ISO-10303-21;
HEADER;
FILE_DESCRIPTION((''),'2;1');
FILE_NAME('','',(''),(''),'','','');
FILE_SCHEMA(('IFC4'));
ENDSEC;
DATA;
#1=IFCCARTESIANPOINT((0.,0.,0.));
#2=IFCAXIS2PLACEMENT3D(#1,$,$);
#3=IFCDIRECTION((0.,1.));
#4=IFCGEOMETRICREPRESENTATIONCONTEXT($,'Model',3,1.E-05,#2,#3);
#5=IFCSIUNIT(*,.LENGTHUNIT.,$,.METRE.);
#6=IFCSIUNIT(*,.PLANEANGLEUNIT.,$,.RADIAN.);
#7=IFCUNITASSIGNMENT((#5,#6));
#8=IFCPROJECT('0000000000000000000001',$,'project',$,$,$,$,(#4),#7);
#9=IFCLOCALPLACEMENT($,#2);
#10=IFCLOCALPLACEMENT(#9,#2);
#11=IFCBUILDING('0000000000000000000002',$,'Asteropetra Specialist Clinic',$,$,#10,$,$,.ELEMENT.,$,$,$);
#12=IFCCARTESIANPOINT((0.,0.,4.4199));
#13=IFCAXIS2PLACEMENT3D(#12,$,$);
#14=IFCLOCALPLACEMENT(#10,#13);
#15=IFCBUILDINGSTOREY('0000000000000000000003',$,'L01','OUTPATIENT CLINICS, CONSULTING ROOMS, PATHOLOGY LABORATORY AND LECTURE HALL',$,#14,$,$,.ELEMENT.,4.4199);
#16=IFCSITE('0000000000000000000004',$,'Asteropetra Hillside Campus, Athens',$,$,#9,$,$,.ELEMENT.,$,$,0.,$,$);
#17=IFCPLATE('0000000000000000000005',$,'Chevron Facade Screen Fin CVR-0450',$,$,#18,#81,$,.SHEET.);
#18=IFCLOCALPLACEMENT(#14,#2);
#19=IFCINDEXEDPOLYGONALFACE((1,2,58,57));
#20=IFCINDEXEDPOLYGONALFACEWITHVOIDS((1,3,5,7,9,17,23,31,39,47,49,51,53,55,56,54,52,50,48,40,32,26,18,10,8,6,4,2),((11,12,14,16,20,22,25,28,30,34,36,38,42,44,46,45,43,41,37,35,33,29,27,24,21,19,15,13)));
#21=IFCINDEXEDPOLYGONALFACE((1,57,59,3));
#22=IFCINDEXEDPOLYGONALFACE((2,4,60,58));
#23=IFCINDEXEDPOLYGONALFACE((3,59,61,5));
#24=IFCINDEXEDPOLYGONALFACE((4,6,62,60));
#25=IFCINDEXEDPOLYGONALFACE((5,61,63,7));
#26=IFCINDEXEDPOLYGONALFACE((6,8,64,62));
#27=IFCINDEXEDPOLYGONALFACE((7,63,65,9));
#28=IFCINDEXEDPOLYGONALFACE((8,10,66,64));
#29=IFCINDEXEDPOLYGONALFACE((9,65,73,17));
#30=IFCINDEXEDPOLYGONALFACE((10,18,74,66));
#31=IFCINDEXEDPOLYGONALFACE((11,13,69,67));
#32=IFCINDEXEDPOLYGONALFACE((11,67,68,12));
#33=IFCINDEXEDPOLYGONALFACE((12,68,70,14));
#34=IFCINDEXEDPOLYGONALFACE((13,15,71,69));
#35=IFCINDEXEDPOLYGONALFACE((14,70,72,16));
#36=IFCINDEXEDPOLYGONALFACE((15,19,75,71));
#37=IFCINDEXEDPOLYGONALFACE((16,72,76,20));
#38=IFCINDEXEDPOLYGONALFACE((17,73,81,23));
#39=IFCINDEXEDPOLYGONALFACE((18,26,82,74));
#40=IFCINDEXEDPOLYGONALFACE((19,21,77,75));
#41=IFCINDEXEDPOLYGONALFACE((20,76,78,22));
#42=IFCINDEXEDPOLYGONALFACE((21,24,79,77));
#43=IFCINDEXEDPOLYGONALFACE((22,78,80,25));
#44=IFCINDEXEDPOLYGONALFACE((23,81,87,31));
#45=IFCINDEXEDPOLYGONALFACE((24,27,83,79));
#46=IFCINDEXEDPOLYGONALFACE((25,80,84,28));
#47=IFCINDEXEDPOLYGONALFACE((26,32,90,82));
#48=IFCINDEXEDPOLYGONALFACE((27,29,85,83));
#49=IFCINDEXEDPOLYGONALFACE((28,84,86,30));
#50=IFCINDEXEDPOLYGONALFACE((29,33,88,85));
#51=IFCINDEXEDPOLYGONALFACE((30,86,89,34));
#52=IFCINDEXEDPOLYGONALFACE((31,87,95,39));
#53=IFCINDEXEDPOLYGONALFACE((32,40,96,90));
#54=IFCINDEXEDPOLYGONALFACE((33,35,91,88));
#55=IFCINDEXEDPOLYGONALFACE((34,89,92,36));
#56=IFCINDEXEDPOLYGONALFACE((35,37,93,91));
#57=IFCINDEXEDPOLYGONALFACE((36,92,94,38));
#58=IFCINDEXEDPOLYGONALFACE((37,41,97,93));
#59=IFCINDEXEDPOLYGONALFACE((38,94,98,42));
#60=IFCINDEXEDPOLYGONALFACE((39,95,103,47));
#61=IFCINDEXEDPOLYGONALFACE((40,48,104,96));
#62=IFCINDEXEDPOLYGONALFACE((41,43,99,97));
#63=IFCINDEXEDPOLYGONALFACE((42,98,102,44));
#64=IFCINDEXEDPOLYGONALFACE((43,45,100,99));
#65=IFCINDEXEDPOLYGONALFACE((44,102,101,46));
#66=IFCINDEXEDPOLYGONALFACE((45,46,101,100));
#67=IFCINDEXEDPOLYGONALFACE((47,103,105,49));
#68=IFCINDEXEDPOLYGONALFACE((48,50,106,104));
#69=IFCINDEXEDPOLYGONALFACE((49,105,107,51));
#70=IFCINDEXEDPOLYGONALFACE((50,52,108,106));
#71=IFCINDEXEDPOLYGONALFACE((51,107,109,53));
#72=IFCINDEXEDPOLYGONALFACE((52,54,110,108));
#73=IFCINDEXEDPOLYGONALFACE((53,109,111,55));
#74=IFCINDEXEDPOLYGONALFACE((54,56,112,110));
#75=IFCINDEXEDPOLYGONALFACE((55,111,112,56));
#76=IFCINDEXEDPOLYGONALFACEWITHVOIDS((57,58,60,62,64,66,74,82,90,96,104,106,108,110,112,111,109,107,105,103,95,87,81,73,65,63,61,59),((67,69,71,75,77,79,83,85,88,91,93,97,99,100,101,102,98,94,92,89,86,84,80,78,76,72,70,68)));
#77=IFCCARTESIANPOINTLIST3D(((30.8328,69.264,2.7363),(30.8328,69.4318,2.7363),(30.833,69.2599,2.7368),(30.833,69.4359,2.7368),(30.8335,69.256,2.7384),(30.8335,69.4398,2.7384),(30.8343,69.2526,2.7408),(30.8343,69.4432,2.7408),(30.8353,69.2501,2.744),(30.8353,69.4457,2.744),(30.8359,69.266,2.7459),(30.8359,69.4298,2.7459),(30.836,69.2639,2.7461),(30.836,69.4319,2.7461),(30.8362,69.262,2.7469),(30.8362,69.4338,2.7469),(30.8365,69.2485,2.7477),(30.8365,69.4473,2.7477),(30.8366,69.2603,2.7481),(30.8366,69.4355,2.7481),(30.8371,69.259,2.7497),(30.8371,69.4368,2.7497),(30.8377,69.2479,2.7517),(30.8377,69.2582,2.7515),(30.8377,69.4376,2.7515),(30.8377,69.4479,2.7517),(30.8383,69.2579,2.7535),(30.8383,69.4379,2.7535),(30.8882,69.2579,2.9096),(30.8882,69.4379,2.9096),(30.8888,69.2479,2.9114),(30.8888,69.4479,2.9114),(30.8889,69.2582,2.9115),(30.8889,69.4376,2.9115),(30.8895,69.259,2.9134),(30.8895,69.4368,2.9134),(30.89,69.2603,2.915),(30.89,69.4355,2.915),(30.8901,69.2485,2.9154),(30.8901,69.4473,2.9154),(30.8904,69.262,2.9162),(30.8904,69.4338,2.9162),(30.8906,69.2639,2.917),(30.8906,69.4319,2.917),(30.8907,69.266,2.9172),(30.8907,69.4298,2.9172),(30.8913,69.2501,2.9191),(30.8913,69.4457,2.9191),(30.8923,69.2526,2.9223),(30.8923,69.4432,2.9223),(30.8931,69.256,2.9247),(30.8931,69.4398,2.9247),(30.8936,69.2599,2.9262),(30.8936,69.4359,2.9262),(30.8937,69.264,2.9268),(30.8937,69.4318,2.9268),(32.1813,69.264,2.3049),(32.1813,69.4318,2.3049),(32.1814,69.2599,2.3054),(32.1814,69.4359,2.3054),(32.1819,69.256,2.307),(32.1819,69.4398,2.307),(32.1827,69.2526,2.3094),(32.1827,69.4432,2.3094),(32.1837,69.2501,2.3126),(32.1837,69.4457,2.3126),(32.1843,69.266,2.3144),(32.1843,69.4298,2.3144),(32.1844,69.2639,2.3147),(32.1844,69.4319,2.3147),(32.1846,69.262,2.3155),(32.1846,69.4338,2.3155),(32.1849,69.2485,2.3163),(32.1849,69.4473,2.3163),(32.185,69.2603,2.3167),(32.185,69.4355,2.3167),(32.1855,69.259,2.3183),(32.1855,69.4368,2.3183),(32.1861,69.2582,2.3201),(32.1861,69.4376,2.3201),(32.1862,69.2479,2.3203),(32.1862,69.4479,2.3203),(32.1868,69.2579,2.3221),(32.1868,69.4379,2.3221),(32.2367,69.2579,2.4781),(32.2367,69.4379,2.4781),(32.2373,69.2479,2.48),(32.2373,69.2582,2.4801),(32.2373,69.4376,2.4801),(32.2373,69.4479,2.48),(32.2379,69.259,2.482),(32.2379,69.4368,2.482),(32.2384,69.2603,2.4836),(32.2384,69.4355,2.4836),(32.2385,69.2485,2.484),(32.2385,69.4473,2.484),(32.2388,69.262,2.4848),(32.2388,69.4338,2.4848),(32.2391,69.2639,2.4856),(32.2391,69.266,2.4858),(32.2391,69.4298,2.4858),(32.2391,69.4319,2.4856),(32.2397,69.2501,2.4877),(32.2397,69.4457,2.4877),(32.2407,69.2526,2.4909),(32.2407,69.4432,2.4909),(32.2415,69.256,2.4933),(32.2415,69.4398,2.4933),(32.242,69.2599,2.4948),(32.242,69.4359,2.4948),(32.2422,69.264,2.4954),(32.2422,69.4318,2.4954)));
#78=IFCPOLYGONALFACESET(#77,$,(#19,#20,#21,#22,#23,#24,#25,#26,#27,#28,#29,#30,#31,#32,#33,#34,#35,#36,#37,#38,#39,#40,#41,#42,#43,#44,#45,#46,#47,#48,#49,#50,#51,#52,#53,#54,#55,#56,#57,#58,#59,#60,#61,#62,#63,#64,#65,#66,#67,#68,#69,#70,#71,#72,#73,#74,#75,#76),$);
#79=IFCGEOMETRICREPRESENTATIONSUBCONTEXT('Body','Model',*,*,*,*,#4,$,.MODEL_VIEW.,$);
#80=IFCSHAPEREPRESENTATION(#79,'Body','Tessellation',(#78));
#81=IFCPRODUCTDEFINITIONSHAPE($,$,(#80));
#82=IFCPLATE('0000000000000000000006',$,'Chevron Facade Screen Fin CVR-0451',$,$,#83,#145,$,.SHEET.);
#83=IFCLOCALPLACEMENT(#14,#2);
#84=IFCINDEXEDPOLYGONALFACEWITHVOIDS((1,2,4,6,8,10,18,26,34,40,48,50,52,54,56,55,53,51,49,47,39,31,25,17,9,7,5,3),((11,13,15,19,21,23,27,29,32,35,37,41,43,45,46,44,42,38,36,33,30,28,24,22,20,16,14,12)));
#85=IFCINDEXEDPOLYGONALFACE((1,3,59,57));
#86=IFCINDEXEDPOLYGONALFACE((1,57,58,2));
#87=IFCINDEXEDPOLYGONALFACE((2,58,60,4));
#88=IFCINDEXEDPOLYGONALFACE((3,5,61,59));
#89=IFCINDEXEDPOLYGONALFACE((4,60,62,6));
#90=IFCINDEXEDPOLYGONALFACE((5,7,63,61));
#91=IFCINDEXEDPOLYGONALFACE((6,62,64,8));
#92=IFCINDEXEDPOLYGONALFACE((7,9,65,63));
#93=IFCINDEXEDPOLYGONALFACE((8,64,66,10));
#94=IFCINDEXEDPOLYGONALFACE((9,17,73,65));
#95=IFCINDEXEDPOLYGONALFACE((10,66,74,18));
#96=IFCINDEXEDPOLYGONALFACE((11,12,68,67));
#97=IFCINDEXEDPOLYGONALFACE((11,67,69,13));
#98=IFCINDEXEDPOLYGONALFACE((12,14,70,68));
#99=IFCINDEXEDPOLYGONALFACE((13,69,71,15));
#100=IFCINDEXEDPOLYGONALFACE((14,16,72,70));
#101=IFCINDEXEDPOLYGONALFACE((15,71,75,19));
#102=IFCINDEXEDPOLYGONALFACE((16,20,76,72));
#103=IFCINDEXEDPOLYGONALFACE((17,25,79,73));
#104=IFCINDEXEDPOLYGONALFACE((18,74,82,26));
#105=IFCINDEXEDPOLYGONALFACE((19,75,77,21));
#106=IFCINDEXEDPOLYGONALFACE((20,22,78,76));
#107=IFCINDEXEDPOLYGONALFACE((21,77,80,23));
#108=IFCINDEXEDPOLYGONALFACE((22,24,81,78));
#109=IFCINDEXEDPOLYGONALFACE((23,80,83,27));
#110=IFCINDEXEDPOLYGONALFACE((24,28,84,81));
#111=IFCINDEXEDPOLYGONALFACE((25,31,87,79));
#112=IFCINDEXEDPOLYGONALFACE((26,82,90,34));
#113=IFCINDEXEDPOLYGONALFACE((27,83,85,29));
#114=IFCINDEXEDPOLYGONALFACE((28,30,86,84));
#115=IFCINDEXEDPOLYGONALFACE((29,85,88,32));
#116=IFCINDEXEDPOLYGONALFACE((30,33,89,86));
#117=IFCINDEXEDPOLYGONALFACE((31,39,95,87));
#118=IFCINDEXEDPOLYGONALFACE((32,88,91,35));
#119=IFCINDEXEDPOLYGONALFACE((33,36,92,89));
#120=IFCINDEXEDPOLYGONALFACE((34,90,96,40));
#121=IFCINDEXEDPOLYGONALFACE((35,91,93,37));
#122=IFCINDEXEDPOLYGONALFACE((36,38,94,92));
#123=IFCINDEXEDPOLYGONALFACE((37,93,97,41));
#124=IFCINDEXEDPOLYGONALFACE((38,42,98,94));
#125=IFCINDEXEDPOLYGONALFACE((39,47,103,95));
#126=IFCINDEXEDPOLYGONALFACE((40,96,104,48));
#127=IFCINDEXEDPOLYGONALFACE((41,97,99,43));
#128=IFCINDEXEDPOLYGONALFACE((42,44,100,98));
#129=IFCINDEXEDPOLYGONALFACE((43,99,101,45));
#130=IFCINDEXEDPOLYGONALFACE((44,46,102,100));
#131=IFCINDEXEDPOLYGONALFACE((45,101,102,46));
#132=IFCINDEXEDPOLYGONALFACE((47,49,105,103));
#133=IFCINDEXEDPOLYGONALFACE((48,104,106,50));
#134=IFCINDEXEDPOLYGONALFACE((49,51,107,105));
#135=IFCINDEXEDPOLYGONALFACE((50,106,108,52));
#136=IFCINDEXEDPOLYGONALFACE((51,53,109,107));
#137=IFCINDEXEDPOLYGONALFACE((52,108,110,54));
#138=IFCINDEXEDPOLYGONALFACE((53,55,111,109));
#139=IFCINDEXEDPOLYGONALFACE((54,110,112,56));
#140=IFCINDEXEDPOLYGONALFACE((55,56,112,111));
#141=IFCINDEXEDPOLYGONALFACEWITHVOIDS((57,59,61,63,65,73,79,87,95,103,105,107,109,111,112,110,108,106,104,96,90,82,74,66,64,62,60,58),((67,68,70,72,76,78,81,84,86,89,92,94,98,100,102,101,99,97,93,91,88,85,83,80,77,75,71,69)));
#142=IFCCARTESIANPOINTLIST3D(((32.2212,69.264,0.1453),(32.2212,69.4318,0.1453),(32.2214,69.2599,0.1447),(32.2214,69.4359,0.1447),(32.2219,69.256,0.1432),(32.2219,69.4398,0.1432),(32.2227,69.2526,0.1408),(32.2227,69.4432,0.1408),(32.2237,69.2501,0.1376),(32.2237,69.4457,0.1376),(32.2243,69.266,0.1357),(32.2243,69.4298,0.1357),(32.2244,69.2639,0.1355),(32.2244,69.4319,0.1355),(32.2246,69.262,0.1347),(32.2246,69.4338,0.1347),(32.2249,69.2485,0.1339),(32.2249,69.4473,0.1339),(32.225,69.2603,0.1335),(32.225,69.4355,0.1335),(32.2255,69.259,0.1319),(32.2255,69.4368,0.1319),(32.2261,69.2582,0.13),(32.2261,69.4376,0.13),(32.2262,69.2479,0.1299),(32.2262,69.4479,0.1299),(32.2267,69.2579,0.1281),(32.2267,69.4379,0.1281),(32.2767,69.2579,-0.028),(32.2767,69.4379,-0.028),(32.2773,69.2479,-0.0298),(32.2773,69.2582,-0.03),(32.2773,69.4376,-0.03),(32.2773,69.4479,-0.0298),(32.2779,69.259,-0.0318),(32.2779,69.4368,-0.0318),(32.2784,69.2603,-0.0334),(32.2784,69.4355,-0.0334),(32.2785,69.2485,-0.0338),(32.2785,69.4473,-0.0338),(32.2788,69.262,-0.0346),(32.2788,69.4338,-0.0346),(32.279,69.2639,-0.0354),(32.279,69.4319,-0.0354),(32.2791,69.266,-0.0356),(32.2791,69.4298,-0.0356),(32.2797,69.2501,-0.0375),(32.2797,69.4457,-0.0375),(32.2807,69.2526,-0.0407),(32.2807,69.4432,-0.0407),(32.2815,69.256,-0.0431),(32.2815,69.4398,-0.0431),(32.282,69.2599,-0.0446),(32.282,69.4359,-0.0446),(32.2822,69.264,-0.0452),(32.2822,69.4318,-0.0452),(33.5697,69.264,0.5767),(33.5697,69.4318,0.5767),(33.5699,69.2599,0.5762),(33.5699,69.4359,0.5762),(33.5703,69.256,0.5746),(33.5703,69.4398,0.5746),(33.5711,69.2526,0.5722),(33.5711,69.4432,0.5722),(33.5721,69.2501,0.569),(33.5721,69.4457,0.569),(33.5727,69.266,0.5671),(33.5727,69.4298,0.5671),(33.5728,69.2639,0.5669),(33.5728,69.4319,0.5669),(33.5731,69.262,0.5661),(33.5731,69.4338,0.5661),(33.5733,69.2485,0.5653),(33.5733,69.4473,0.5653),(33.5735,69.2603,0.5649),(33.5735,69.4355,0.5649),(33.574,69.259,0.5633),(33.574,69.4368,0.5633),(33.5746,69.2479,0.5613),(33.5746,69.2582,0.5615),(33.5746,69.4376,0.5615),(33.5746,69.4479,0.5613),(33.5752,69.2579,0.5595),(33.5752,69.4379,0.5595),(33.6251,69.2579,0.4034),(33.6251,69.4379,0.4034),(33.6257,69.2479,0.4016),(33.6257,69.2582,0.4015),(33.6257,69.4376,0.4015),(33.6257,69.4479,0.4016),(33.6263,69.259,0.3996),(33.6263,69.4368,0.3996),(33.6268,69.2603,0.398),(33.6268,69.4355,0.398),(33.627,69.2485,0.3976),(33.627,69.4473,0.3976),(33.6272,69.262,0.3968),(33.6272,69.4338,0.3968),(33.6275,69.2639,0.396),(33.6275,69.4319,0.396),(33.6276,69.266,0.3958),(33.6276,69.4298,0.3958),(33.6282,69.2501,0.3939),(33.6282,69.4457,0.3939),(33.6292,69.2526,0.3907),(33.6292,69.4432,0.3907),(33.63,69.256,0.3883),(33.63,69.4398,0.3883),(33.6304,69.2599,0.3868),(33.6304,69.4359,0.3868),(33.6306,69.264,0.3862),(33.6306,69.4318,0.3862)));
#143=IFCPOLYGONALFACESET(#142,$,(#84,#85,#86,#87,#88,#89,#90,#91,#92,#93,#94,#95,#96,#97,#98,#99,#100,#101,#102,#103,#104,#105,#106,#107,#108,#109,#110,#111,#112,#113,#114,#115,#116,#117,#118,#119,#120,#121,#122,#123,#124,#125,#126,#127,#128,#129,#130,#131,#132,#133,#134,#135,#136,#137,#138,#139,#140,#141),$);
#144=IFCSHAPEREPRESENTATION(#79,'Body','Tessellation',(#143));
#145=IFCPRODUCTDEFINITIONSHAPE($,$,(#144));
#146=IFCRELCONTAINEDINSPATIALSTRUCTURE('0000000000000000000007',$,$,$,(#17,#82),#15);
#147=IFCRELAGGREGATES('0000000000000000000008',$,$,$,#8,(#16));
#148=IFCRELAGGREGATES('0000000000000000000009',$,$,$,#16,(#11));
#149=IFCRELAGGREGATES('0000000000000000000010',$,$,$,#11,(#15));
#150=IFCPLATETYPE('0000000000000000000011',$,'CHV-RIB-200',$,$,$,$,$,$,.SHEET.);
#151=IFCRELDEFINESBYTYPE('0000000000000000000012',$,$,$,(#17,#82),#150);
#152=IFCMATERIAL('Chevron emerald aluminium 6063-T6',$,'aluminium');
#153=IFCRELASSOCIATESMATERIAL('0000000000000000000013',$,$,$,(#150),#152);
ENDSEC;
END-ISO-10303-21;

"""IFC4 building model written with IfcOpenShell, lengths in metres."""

from ifc_helpers import new_model, si_unit, direction, frame, origin, origin_2d, place, context, subcontext, project, spatial, hollow_rectangle, extrude, material, material_profile, profile_set, type_object, element, save


model = new_model("IFC4")

# Units and contexts
model_context = context("Model", 3, precision=1e-05, world=origin(), true_north=direction((0.0, 1.0)))
body_context = subcontext(model_context, "Body", "Model", "MODEL_VIEW")
ifc_project = project(units=[si_unit("LENGTHUNIT", "METRE"), si_unit("PLANEANGLEUNIT", "RADIAN")], contexts=[model_context])

# Site, building, storey
site_placement = place(None, origin())
site = spatial("IfcSite", under=ifc_project, at=site_placement, Name="Asteropetra Hillside Campus, Athens", CompositionType="ELEMENT", RefElevation=0.0)
building_placement = place(site_placement, origin())
building = spatial("IfcBuilding", under=site, at=building_placement, Name="Asteropetra Specialist Clinic", CompositionType="ELEMENT")
storey_placement = place(building_placement, frame((0.0, 0.0, 4.4199)))
storey = spatial("IfcBuildingStorey", under=building, at=storey_placement, Name="L01", Description="OUTPATIENT CLINICS, CONSULTING ROOMS, PATHOLOGY LABORATORY AND LECTURE HALL", CompositionType="ELEMENT", Elevation=4.4199)

# Plates
ifc_material_1 = material(Name="Chevron emerald aluminium 6063-T6", Category="aluminium")
ifc_material_profile = material_profile(ifc_material_1, hollow_rectangle(XDim=0.2, YDim=0.2, WallThickness=0.01, InnerFilletRadius=0.0081, OuterFilletRadius=0.0161, at=origin_2d()), Name="SHS 200x200x10.0")
ifc_profile_set = profile_set([ifc_material_profile], Name="Chevron emerald aluminium 6063-T6")
plate_type = type_object("IfcPlateType", Name="CHV-RIB-200", PredefinedType="SHEET", material=ifc_profile_set)
for number, where, z_axis, x_axis, name in (
    (1, (30.8633, 69.3479, 2.8315), (0.952442, 0.0, -0.304719), (0.0, 1.0, 0.0), "Chevron Facade Screen Fin CVR-0450"),
    (2, (32.2517, 69.3479, 0.05), (0.952442, 0.0, 0.304719), (0.0, 1.0, 0.0), "Chevron Facade Screen Fin CVR-0451"),
):
    element("IfcPlate", number, at=place(storey_placement, frame(where, z_axis=z_axis, x_axis=x_axis)), inside=storey, type_object=plate_type, Name=name, PredefinedType="SHEET", context=body_context, shape_type="SweptSolid", body=[
        extrude(hollow_rectangle(XDim=0.2, YDim=0.2, WallThickness=0.01, InnerFilletRadius=0.0081, OuterFilletRadius=0.0161, at=origin_2d()), origin(), (0.0, 0.0, 1.0), 1.4158),
    ])

save(model, "model.ifc")
